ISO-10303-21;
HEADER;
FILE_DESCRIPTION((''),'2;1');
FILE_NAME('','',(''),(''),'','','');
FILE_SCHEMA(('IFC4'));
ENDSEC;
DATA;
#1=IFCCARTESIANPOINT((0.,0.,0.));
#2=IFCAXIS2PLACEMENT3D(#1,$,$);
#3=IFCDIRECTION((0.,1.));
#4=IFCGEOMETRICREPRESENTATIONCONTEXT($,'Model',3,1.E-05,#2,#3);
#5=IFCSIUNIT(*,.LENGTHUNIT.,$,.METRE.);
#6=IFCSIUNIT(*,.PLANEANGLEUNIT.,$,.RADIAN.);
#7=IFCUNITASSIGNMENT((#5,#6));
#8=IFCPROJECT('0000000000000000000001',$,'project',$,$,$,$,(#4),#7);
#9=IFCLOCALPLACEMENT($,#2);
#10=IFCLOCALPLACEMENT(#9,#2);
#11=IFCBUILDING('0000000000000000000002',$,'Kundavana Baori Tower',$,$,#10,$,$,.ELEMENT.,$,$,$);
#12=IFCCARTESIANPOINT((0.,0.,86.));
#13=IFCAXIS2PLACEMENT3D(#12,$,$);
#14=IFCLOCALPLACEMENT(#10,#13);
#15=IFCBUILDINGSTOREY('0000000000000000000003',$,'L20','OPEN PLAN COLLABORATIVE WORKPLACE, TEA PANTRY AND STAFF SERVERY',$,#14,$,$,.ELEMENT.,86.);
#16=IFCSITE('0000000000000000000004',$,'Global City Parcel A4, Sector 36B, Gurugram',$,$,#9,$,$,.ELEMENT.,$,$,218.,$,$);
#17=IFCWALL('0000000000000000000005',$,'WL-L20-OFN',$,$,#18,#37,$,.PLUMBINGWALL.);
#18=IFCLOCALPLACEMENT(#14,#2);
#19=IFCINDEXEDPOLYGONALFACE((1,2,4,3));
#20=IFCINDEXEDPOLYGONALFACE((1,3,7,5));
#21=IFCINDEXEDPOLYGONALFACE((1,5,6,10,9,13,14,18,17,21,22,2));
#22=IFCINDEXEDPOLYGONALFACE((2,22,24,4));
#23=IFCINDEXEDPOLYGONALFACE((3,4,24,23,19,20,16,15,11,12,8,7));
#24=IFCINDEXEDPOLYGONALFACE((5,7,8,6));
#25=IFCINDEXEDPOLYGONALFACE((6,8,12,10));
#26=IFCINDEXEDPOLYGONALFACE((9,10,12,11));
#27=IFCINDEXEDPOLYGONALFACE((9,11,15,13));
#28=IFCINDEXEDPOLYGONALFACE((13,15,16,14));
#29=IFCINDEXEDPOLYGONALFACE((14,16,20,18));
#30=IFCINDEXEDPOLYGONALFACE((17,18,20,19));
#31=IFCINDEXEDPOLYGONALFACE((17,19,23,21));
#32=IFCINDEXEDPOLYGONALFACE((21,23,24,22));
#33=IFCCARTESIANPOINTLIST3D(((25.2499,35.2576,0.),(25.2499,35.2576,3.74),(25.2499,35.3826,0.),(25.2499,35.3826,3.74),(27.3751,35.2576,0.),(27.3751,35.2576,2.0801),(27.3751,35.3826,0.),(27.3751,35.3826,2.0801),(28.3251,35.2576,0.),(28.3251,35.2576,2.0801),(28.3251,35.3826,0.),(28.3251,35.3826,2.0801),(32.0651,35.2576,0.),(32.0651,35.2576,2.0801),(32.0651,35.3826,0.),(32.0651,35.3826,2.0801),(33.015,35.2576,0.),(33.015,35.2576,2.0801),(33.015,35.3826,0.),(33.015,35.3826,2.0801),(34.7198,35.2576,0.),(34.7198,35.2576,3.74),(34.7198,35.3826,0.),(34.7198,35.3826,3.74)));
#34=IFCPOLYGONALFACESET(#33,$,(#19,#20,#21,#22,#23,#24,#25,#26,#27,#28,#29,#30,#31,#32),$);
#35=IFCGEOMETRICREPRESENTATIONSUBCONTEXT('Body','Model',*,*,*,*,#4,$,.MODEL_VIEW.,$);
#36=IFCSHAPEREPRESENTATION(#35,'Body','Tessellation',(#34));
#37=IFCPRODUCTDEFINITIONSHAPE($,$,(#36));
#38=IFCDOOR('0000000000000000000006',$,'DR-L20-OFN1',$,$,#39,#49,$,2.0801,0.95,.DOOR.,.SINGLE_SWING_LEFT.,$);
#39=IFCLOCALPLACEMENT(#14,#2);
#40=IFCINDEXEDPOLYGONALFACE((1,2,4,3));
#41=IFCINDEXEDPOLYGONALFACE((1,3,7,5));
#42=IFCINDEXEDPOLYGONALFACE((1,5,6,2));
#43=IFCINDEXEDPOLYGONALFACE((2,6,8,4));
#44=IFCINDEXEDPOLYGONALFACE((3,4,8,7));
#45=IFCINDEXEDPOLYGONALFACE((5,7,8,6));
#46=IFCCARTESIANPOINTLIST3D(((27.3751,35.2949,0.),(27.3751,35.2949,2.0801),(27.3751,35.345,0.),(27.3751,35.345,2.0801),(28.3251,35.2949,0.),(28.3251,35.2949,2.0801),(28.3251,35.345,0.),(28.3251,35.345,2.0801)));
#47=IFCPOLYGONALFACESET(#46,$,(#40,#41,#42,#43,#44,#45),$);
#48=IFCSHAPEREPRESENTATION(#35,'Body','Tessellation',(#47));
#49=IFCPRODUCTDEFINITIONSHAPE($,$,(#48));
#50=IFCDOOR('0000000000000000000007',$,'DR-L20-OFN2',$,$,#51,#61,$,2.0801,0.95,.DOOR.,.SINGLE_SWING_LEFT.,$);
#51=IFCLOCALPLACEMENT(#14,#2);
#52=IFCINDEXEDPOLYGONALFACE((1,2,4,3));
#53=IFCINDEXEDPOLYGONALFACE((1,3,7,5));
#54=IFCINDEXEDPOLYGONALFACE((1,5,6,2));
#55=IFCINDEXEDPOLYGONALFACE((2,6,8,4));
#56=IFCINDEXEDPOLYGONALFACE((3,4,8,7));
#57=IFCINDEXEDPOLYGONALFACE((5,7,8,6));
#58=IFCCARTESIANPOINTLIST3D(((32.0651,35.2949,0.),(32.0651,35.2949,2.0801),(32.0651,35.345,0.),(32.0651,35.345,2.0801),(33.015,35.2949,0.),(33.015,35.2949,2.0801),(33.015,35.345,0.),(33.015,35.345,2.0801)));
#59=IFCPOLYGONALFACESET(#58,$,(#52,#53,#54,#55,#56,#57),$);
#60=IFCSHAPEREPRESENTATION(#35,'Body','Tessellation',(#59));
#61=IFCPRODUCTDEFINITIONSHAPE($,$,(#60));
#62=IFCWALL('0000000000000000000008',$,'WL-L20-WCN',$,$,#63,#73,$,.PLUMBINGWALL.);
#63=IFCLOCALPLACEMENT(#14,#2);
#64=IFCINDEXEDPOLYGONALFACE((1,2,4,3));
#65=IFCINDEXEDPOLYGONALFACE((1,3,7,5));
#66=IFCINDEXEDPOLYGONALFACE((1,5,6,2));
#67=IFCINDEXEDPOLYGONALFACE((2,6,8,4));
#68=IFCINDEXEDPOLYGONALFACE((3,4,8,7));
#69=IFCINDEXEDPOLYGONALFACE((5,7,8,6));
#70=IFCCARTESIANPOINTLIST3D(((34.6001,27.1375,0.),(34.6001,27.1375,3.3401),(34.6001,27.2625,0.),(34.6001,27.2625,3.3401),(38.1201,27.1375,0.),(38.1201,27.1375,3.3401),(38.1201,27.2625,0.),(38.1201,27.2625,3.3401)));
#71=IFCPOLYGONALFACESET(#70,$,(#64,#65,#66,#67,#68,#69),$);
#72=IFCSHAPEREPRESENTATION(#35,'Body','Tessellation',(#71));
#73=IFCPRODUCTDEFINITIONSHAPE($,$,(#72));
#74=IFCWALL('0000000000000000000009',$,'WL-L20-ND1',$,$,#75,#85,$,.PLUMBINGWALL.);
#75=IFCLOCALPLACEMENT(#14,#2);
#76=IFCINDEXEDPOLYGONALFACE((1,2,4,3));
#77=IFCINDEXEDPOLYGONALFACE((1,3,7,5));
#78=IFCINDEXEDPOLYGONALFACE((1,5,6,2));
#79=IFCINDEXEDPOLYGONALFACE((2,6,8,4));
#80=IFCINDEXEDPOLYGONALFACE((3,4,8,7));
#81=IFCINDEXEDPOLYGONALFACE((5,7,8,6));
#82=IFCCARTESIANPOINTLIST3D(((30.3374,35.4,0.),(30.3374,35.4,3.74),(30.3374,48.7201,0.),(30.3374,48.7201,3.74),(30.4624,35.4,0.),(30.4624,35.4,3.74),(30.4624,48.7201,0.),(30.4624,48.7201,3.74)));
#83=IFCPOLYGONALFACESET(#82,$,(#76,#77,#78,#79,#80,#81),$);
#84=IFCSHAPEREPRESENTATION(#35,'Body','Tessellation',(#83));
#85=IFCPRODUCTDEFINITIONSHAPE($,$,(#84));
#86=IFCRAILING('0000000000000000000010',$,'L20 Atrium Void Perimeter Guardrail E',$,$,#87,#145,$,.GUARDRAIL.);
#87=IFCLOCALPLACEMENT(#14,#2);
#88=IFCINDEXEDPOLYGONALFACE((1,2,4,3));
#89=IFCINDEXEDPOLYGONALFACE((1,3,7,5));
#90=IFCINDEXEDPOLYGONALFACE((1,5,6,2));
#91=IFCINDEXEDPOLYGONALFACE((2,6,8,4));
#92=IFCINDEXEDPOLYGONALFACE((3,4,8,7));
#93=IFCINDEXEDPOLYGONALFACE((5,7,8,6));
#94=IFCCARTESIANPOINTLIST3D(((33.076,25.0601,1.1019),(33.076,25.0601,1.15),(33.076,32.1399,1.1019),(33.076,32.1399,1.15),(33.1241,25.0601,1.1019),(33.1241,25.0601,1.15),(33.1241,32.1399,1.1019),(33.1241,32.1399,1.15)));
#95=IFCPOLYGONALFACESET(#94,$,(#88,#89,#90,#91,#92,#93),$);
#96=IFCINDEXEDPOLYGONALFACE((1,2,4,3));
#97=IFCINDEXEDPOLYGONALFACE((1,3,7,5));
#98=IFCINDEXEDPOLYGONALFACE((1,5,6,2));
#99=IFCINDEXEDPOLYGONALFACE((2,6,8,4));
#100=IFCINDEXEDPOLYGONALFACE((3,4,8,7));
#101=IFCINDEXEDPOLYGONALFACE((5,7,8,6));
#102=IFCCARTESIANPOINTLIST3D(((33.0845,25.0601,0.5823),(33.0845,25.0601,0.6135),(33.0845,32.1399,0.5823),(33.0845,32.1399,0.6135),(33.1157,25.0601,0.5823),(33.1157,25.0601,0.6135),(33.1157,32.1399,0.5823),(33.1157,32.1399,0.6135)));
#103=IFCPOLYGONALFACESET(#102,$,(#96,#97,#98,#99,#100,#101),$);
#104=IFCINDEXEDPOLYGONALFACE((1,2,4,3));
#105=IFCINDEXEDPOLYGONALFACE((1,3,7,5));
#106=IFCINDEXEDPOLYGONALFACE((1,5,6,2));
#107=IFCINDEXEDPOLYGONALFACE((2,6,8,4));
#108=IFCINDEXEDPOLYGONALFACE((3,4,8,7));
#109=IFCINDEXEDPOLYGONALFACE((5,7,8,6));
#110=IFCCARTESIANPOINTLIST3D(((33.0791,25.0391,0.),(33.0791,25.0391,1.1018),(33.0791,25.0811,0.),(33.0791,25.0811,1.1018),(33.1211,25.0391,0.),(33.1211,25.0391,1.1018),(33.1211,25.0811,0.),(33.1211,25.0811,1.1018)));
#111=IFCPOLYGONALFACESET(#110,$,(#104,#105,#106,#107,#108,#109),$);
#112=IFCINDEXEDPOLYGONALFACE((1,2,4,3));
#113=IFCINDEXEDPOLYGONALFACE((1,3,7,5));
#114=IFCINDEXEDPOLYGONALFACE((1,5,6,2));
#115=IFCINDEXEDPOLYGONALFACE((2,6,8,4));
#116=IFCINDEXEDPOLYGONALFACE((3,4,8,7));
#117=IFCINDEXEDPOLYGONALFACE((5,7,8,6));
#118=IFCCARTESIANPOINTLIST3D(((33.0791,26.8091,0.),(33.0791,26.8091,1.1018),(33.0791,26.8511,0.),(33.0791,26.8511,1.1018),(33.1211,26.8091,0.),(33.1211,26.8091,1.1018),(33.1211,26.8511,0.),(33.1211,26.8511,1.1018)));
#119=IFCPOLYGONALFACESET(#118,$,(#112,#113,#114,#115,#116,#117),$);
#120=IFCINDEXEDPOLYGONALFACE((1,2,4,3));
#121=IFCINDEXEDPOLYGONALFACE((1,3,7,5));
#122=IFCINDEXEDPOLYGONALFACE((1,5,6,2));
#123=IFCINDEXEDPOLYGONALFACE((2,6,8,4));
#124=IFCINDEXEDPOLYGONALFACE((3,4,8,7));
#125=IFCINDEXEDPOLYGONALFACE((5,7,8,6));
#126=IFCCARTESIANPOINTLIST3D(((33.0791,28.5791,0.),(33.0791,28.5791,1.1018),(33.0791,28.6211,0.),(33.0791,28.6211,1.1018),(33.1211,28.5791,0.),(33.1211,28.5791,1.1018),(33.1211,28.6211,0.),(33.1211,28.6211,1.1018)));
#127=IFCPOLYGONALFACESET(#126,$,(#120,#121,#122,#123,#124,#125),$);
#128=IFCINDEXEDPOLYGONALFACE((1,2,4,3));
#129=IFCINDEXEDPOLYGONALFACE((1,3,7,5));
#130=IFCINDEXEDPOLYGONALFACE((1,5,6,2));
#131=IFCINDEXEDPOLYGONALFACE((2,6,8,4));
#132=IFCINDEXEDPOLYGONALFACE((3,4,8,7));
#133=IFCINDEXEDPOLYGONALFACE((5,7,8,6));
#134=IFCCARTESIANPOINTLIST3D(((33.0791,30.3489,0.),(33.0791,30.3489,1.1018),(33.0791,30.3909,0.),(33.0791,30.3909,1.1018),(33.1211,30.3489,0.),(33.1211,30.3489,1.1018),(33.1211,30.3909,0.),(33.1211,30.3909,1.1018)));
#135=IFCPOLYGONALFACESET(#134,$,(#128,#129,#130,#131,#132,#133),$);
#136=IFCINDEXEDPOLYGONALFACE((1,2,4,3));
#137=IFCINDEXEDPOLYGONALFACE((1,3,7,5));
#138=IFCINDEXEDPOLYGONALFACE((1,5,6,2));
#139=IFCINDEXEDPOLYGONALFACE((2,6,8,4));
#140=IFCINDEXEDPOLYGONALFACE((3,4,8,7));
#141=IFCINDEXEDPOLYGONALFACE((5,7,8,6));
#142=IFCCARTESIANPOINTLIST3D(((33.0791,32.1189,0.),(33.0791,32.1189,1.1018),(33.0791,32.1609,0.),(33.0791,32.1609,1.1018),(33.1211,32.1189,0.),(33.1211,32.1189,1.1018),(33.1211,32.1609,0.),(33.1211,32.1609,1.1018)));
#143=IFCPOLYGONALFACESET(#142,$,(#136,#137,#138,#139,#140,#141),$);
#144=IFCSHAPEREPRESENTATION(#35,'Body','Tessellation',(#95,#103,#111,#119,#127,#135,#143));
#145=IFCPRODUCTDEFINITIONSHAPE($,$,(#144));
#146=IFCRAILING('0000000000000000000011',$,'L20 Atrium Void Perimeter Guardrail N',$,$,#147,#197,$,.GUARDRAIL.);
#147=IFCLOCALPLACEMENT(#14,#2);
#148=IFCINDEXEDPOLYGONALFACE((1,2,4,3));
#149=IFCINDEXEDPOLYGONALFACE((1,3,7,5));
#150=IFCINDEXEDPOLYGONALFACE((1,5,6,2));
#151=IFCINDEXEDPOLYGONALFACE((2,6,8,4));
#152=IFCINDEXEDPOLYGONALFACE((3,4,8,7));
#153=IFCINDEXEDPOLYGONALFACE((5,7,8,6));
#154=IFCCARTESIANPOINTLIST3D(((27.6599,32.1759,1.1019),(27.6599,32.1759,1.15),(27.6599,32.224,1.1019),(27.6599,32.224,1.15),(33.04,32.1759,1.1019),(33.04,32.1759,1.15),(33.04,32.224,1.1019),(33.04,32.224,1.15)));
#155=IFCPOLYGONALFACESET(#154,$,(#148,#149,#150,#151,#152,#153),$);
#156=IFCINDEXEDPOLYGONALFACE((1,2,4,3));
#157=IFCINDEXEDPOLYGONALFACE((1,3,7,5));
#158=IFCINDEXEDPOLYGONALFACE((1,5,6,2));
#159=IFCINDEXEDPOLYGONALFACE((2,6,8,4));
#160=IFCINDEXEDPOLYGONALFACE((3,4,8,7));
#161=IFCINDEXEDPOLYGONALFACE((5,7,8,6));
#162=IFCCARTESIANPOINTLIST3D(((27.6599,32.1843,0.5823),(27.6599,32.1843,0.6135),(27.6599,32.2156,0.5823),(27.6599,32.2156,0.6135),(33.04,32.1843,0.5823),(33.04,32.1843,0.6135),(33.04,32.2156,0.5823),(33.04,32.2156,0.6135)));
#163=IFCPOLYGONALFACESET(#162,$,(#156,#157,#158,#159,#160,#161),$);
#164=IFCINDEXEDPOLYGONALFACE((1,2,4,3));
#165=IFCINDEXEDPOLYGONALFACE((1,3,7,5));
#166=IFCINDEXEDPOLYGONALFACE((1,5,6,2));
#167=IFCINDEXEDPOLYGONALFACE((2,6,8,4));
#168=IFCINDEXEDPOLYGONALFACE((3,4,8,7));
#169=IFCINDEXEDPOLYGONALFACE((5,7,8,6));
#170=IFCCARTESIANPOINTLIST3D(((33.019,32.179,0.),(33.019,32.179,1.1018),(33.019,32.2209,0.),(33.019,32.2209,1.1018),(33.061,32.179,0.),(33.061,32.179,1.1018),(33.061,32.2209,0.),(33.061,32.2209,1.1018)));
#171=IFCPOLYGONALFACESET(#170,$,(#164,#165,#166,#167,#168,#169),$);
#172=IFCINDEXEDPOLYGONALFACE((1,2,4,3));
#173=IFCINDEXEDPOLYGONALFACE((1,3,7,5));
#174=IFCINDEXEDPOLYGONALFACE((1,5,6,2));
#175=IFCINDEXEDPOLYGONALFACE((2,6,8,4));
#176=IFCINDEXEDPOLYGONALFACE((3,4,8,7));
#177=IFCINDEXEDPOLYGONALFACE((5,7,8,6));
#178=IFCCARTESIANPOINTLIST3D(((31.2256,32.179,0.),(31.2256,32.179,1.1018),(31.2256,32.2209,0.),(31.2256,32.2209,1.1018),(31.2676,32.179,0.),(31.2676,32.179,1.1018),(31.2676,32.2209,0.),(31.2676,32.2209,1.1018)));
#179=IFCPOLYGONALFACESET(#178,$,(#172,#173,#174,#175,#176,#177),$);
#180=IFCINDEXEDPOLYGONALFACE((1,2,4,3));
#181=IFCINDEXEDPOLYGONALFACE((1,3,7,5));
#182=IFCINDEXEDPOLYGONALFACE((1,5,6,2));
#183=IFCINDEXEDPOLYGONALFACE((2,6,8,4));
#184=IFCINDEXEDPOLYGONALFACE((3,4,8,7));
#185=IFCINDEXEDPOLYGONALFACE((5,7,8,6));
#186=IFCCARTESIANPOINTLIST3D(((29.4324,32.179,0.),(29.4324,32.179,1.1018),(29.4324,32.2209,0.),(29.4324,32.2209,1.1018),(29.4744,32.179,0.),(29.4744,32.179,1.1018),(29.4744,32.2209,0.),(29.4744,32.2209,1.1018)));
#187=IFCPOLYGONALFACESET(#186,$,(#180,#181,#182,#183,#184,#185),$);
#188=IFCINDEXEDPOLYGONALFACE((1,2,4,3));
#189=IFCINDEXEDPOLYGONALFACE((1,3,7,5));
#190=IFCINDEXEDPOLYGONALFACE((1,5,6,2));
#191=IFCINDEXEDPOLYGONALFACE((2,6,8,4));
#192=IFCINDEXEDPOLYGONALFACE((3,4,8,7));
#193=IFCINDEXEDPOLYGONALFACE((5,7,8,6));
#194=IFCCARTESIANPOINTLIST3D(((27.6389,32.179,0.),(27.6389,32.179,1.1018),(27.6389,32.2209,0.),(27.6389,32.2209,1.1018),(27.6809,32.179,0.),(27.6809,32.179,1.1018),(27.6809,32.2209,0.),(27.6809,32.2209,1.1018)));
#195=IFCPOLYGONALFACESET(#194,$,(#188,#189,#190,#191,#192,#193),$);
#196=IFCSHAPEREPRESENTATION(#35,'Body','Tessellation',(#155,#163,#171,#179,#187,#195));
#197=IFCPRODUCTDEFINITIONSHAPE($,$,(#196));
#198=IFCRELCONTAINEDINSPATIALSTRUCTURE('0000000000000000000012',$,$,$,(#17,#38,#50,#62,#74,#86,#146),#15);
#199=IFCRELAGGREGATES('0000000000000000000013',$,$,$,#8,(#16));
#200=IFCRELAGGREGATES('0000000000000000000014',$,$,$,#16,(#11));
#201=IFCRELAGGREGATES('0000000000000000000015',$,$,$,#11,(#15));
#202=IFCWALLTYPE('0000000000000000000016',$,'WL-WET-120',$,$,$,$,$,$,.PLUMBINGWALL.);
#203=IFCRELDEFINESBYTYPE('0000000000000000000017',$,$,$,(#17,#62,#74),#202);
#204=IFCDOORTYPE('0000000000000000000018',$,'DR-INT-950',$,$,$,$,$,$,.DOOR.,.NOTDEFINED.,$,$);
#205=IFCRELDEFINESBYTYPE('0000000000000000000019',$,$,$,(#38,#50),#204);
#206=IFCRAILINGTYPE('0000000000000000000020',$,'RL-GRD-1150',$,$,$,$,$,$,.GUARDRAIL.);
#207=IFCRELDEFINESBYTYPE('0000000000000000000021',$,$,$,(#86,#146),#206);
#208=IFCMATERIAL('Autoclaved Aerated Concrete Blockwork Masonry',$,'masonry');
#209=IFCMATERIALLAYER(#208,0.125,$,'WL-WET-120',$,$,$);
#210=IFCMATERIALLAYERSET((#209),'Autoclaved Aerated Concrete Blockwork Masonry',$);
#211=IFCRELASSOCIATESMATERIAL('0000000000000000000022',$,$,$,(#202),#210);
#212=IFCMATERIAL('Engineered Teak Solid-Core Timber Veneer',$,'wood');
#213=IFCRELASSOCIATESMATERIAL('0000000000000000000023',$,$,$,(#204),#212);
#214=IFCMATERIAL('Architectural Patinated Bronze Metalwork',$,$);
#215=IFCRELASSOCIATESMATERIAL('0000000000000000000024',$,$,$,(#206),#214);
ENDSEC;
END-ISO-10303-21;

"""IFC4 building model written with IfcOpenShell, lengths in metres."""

from ifc_helpers import new_model, si_unit, direction, frame, frame_2d, origin, origin_2d, place, context, subcontext, project, spatial, rectangle, extrude, material, layer, layer_set, type_object, element, fill, save


model = new_model("IFC4")

# Units and contexts
model_context = context("Model", 3, precision=1e-05, world=origin(), true_north=direction((0.0, 1.0)))
body_context = subcontext(model_context, "Body", "Model", "MODEL_VIEW")
ifc_project = project(units=[si_unit("LENGTHUNIT", "METRE"), si_unit("PLANEANGLEUNIT", "RADIAN")], contexts=[model_context])

# Site, building, storey
site_placement = place(None, origin())
site = spatial("IfcSite", under=ifc_project, at=site_placement, Name="Global City Parcel A4, Sector 36B, Gurugram", CompositionType="ELEMENT", RefElevation=218.0)
building_placement = place(site_placement, origin())
building = spatial("IfcBuilding", under=site, at=building_placement, Name="Kundavana Baori Tower", CompositionType="ELEMENT")
storey_placement = place(building_placement, frame((0.0, 0.0, 86.0)))
storey = spatial("IfcBuildingStorey", under=building, at=storey_placement, Name="L20", Description="OPEN PLAN COLLABORATIVE WORKPLACE, TEA PANTRY AND STAFF SERVERY", CompositionType="ELEMENT", Elevation=86.0)

# Wall, openings, doors
ifc_material_1 = material(Name="Autoclaved Aerated Concrete Blockwork Masonry", Category="masonry")
ifc_layer_1 = layer(ifc_material_1, 0.125, Name="WL-WET-120")
ifc_layer_set_1 = layer_set([ifc_layer_1], Name="Autoclaved Aerated Concrete Blockwork Masonry")
wall_type_1 = type_object("IfcWallType", Name="WL-WET-120", PredefinedType="PLUMBINGWALL", material=ifc_layer_set_1)
wall_1_placement = place(storey_placement, frame((25.25, 35.3201, 0.0), z_axis=(0.0, 0.0, 1.0), x_axis=(1.0, 0.0, 0.0)))
wall_1 = element("IfcWall", 1, at=wall_1_placement, inside=storey, type_object=wall_type_1, Name="WL-L20-OFN", PredefinedType="PLUMBINGWALL", context=body_context, shape_type="SweptSolid", body=[
    extrude(rectangle(XDim=9.47, YDim=0.125, at=frame_2d((4.7349, 0.0))), origin(), (0.0, 0.0, 1.0), 3.74),
])
opening_1_placement = place(wall_1_placement, frame((2.125, 0.0, 0.0)))
opening_1 = element("IfcOpeningElement", 2, at=opening_1_placement, cuts=wall_1, PredefinedType="OPENING", context=body_context, shape_type="SweptSolid", body=[
    extrude(rectangle(XDim=0.95, YDim=2.0801, at=frame_2d((0.4751, 1.04))), frame((0.0, 0.0725, 0.0), z_axis=(0.0, -1.0, 0.0), x_axis=(1.0, 0.0, 0.0)), (0.0, 0.0, 1.0), 0.145),
])
opening_2_placement = place(wall_1_placement, frame((6.8149, 0.0, 0.0)))
opening_2 = element("IfcOpeningElement", 3, at=opening_2_placement, cuts=wall_1, PredefinedType="OPENING", context=body_context, shape_type="SweptSolid", body=[
    extrude(rectangle(XDim=0.95, YDim=2.0801, at=frame_2d((0.4751, 1.04))), frame((0.0, 0.0725, 0.0), z_axis=(0.0, -1.0, 0.0), x_axis=(1.0, 0.0, 0.0)), (0.0, 0.0, 1.0), 0.145),
])
ifc_material_2 = material(Name="Engineered Teak Solid-Core Timber Veneer", Category="wood")
door_type_1 = type_object("IfcDoorType", Name="DR-INT-950", OperationType="NOTDEFINED", PredefinedType="DOOR", material=ifc_material_2)
door_1_placement = place(opening_1_placement, origin())
door_1 = element("IfcDoor", 4, at=door_1_placement, inside=storey, type_object=door_type_1, Name="DR-L20-OFN1", OperationType="SINGLE_SWING_LEFT", OverallHeight=2.0801, OverallWidth=0.95, PredefinedType="DOOR", context=body_context, shape_type="SweptSolid", body=[
    extrude(rectangle(XDim=0.95, YDim=2.0801, at=frame_2d((0.4751, 1.04))), frame((0.0, 0.0249, 0.0), z_axis=(0.0, -1.0, 0.0), x_axis=(1.0, 0.0, 0.0)), (0.0, 0.0, 1.0), 0.05),
])
fill(opening_1, door_1)
door_2_placement = place(opening_2_placement, origin())
door_2 = element("IfcDoor", 5, at=door_2_placement, inside=storey, type_object=door_type_1, Name="DR-L20-OFN2", OperationType="SINGLE_SWING_LEFT", OverallHeight=2.0801, OverallWidth=0.95, PredefinedType="DOOR", context=body_context, shape_type="SweptSolid", body=[
    extrude(rectangle(XDim=0.95, YDim=2.0801, at=frame_2d((0.4751, 1.04))), frame((0.0, 0.0249, 0.0), z_axis=(0.0, -1.0, 0.0), x_axis=(1.0, 0.0, 0.0)), (0.0, 0.0, 1.0), 0.05),
])
fill(opening_2, door_2)

# Walls
wall_2_placement = place(storey_placement, frame((34.6001, 27.2, 0.0), z_axis=(0.0, 0.0, 1.0), x_axis=(1.0, 0.0, 0.0)))
element("IfcWall", 6, at=wall_2_placement, inside=storey, type_object=wall_type_1, Name="WL-L20-WCN", PredefinedType="PLUMBINGWALL", context=body_context, shape_type="SweptSolid", body=[
    extrude(rectangle(XDim=3.52, YDim=0.125, at=frame_2d((1.76, 0.0))), origin(), (0.0, 0.0, 1.0), 3.3401),
])
wall_3_placement = place(storey_placement, frame((30.3999, 35.3999, 0.0), z_axis=(0.0, 0.0, 1.0), x_axis=(0.0, 1.0, 0.0)))
element("IfcWall", 7, at=wall_3_placement, inside=storey, type_object=wall_type_1, Name="WL-L20-ND1", PredefinedType="PLUMBINGWALL", context=body_context, shape_type="SweptSolid", body=[
    extrude(rectangle(XDim=13.3201, YDim=0.125, at=frame_2d((6.6602, 0.0))), origin(), (0.0, 0.0, 1.0), 3.74),
])

# Railings
ifc_material_3 = material(Name="Architectural Patinated Bronze Metalwork")
railing_type = type_object("IfcRailingType", Name="RL-GRD-1150", PredefinedType="GUARDRAIL", material=ifc_material_3)
railing_1_placement = place(storey_placement, frame((33.1001, 25.0601, 0.0)))
element("IfcRailing", 8, at=railing_1_placement, inside=storey, type_object=railing_type, Name="L20 Atrium Void Perimeter Guardrail E", PredefinedType="GUARDRAIL", context=body_context, shape_type="SweptSolid", body=[
    extrude(rectangle(XDim=0.0481, YDim=0.0481, at=origin_2d()), frame((0.0, 0.0, 1.126), z_axis=(0.0, 1.0, 0.0), x_axis=(-1.0, 0.0, 0.0)), (0.0, 0.0, 1.0), 7.0798),
    extrude(rectangle(XDim=0.0312, YDim=0.0312, at=origin_2d()), frame((0.0, 0.0, 0.5979), z_axis=(0.0, 1.0, 0.0), x_axis=(-1.0, 0.0, 0.0)), (0.0, 0.0, 1.0), 7.0798),
    extrude(rectangle(XDim=0.042, YDim=0.042, at=origin_2d()), origin(), (0.0, 0.0, 1.0), 1.1018),
    extrude(rectangle(XDim=0.042, YDim=0.042, at=origin_2d()), frame((0.0, 1.77, 0.0)), (0.0, 0.0, 1.0), 1.1018),
    extrude(rectangle(XDim=0.042, YDim=0.042, at=origin_2d()), frame((0.0, 3.54, 0.0)), (0.0, 0.0, 1.0), 1.1018),
    extrude(rectangle(XDim=0.042, YDim=0.042, at=origin_2d()), frame((0.0, 5.3098, 0.0)), (0.0, 0.0, 1.0), 1.1018),
    extrude(rectangle(XDim=0.042, YDim=0.042, at=origin_2d()), frame((0.0, 7.0798, 0.0)), (0.0, 0.0, 1.0), 1.1018),
])
railing_2_placement = place(storey_placement, frame((33.04, 32.2, 0.0)))
element("IfcRailing", 9, at=railing_2_placement, inside=storey, type_object=railing_type, Name="L20 Atrium Void Perimeter Guardrail N", PredefinedType="GUARDRAIL", context=body_context, shape_type="SweptSolid", body=[
    extrude(rectangle(XDim=0.0481, YDim=0.0481, at=origin_2d()), frame((0.0, 0.0, 1.126), z_axis=(-1.0, 0.0, 0.0), x_axis=(0.0, -1.0, 0.0)), (0.0, 0.0, 1.0), 5.3801),
    extrude(rectangle(XDim=0.0312, YDim=0.0312, at=origin_2d()), frame((0.0, 0.0, 0.5979), z_axis=(-1.0, 0.0, 0.0), x_axis=(0.0, -1.0, 0.0)), (0.0, 0.0, 1.0), 5.3801),
    extrude(rectangle(XDim=0.042, YDim=0.042, at=origin_2d()), origin(), (0.0, 0.0, 1.0), 1.1018),
    extrude(rectangle(XDim=0.042, YDim=0.042, at=origin_2d()), frame((-1.7935, 0.0, 0.0)), (0.0, 0.0, 1.0), 1.1018),
    extrude(rectangle(XDim=0.042, YDim=0.042, at=origin_2d()), frame((-3.5867, 0.0, 0.0)), (0.0, 0.0, 1.0), 1.1018),
    extrude(rectangle(XDim=0.042, YDim=0.042, at=origin_2d()), frame((-5.3801, 0.0, 0.0)), (0.0, 0.0, 1.0), 1.1018),
])

save(model, "model.ifc")
